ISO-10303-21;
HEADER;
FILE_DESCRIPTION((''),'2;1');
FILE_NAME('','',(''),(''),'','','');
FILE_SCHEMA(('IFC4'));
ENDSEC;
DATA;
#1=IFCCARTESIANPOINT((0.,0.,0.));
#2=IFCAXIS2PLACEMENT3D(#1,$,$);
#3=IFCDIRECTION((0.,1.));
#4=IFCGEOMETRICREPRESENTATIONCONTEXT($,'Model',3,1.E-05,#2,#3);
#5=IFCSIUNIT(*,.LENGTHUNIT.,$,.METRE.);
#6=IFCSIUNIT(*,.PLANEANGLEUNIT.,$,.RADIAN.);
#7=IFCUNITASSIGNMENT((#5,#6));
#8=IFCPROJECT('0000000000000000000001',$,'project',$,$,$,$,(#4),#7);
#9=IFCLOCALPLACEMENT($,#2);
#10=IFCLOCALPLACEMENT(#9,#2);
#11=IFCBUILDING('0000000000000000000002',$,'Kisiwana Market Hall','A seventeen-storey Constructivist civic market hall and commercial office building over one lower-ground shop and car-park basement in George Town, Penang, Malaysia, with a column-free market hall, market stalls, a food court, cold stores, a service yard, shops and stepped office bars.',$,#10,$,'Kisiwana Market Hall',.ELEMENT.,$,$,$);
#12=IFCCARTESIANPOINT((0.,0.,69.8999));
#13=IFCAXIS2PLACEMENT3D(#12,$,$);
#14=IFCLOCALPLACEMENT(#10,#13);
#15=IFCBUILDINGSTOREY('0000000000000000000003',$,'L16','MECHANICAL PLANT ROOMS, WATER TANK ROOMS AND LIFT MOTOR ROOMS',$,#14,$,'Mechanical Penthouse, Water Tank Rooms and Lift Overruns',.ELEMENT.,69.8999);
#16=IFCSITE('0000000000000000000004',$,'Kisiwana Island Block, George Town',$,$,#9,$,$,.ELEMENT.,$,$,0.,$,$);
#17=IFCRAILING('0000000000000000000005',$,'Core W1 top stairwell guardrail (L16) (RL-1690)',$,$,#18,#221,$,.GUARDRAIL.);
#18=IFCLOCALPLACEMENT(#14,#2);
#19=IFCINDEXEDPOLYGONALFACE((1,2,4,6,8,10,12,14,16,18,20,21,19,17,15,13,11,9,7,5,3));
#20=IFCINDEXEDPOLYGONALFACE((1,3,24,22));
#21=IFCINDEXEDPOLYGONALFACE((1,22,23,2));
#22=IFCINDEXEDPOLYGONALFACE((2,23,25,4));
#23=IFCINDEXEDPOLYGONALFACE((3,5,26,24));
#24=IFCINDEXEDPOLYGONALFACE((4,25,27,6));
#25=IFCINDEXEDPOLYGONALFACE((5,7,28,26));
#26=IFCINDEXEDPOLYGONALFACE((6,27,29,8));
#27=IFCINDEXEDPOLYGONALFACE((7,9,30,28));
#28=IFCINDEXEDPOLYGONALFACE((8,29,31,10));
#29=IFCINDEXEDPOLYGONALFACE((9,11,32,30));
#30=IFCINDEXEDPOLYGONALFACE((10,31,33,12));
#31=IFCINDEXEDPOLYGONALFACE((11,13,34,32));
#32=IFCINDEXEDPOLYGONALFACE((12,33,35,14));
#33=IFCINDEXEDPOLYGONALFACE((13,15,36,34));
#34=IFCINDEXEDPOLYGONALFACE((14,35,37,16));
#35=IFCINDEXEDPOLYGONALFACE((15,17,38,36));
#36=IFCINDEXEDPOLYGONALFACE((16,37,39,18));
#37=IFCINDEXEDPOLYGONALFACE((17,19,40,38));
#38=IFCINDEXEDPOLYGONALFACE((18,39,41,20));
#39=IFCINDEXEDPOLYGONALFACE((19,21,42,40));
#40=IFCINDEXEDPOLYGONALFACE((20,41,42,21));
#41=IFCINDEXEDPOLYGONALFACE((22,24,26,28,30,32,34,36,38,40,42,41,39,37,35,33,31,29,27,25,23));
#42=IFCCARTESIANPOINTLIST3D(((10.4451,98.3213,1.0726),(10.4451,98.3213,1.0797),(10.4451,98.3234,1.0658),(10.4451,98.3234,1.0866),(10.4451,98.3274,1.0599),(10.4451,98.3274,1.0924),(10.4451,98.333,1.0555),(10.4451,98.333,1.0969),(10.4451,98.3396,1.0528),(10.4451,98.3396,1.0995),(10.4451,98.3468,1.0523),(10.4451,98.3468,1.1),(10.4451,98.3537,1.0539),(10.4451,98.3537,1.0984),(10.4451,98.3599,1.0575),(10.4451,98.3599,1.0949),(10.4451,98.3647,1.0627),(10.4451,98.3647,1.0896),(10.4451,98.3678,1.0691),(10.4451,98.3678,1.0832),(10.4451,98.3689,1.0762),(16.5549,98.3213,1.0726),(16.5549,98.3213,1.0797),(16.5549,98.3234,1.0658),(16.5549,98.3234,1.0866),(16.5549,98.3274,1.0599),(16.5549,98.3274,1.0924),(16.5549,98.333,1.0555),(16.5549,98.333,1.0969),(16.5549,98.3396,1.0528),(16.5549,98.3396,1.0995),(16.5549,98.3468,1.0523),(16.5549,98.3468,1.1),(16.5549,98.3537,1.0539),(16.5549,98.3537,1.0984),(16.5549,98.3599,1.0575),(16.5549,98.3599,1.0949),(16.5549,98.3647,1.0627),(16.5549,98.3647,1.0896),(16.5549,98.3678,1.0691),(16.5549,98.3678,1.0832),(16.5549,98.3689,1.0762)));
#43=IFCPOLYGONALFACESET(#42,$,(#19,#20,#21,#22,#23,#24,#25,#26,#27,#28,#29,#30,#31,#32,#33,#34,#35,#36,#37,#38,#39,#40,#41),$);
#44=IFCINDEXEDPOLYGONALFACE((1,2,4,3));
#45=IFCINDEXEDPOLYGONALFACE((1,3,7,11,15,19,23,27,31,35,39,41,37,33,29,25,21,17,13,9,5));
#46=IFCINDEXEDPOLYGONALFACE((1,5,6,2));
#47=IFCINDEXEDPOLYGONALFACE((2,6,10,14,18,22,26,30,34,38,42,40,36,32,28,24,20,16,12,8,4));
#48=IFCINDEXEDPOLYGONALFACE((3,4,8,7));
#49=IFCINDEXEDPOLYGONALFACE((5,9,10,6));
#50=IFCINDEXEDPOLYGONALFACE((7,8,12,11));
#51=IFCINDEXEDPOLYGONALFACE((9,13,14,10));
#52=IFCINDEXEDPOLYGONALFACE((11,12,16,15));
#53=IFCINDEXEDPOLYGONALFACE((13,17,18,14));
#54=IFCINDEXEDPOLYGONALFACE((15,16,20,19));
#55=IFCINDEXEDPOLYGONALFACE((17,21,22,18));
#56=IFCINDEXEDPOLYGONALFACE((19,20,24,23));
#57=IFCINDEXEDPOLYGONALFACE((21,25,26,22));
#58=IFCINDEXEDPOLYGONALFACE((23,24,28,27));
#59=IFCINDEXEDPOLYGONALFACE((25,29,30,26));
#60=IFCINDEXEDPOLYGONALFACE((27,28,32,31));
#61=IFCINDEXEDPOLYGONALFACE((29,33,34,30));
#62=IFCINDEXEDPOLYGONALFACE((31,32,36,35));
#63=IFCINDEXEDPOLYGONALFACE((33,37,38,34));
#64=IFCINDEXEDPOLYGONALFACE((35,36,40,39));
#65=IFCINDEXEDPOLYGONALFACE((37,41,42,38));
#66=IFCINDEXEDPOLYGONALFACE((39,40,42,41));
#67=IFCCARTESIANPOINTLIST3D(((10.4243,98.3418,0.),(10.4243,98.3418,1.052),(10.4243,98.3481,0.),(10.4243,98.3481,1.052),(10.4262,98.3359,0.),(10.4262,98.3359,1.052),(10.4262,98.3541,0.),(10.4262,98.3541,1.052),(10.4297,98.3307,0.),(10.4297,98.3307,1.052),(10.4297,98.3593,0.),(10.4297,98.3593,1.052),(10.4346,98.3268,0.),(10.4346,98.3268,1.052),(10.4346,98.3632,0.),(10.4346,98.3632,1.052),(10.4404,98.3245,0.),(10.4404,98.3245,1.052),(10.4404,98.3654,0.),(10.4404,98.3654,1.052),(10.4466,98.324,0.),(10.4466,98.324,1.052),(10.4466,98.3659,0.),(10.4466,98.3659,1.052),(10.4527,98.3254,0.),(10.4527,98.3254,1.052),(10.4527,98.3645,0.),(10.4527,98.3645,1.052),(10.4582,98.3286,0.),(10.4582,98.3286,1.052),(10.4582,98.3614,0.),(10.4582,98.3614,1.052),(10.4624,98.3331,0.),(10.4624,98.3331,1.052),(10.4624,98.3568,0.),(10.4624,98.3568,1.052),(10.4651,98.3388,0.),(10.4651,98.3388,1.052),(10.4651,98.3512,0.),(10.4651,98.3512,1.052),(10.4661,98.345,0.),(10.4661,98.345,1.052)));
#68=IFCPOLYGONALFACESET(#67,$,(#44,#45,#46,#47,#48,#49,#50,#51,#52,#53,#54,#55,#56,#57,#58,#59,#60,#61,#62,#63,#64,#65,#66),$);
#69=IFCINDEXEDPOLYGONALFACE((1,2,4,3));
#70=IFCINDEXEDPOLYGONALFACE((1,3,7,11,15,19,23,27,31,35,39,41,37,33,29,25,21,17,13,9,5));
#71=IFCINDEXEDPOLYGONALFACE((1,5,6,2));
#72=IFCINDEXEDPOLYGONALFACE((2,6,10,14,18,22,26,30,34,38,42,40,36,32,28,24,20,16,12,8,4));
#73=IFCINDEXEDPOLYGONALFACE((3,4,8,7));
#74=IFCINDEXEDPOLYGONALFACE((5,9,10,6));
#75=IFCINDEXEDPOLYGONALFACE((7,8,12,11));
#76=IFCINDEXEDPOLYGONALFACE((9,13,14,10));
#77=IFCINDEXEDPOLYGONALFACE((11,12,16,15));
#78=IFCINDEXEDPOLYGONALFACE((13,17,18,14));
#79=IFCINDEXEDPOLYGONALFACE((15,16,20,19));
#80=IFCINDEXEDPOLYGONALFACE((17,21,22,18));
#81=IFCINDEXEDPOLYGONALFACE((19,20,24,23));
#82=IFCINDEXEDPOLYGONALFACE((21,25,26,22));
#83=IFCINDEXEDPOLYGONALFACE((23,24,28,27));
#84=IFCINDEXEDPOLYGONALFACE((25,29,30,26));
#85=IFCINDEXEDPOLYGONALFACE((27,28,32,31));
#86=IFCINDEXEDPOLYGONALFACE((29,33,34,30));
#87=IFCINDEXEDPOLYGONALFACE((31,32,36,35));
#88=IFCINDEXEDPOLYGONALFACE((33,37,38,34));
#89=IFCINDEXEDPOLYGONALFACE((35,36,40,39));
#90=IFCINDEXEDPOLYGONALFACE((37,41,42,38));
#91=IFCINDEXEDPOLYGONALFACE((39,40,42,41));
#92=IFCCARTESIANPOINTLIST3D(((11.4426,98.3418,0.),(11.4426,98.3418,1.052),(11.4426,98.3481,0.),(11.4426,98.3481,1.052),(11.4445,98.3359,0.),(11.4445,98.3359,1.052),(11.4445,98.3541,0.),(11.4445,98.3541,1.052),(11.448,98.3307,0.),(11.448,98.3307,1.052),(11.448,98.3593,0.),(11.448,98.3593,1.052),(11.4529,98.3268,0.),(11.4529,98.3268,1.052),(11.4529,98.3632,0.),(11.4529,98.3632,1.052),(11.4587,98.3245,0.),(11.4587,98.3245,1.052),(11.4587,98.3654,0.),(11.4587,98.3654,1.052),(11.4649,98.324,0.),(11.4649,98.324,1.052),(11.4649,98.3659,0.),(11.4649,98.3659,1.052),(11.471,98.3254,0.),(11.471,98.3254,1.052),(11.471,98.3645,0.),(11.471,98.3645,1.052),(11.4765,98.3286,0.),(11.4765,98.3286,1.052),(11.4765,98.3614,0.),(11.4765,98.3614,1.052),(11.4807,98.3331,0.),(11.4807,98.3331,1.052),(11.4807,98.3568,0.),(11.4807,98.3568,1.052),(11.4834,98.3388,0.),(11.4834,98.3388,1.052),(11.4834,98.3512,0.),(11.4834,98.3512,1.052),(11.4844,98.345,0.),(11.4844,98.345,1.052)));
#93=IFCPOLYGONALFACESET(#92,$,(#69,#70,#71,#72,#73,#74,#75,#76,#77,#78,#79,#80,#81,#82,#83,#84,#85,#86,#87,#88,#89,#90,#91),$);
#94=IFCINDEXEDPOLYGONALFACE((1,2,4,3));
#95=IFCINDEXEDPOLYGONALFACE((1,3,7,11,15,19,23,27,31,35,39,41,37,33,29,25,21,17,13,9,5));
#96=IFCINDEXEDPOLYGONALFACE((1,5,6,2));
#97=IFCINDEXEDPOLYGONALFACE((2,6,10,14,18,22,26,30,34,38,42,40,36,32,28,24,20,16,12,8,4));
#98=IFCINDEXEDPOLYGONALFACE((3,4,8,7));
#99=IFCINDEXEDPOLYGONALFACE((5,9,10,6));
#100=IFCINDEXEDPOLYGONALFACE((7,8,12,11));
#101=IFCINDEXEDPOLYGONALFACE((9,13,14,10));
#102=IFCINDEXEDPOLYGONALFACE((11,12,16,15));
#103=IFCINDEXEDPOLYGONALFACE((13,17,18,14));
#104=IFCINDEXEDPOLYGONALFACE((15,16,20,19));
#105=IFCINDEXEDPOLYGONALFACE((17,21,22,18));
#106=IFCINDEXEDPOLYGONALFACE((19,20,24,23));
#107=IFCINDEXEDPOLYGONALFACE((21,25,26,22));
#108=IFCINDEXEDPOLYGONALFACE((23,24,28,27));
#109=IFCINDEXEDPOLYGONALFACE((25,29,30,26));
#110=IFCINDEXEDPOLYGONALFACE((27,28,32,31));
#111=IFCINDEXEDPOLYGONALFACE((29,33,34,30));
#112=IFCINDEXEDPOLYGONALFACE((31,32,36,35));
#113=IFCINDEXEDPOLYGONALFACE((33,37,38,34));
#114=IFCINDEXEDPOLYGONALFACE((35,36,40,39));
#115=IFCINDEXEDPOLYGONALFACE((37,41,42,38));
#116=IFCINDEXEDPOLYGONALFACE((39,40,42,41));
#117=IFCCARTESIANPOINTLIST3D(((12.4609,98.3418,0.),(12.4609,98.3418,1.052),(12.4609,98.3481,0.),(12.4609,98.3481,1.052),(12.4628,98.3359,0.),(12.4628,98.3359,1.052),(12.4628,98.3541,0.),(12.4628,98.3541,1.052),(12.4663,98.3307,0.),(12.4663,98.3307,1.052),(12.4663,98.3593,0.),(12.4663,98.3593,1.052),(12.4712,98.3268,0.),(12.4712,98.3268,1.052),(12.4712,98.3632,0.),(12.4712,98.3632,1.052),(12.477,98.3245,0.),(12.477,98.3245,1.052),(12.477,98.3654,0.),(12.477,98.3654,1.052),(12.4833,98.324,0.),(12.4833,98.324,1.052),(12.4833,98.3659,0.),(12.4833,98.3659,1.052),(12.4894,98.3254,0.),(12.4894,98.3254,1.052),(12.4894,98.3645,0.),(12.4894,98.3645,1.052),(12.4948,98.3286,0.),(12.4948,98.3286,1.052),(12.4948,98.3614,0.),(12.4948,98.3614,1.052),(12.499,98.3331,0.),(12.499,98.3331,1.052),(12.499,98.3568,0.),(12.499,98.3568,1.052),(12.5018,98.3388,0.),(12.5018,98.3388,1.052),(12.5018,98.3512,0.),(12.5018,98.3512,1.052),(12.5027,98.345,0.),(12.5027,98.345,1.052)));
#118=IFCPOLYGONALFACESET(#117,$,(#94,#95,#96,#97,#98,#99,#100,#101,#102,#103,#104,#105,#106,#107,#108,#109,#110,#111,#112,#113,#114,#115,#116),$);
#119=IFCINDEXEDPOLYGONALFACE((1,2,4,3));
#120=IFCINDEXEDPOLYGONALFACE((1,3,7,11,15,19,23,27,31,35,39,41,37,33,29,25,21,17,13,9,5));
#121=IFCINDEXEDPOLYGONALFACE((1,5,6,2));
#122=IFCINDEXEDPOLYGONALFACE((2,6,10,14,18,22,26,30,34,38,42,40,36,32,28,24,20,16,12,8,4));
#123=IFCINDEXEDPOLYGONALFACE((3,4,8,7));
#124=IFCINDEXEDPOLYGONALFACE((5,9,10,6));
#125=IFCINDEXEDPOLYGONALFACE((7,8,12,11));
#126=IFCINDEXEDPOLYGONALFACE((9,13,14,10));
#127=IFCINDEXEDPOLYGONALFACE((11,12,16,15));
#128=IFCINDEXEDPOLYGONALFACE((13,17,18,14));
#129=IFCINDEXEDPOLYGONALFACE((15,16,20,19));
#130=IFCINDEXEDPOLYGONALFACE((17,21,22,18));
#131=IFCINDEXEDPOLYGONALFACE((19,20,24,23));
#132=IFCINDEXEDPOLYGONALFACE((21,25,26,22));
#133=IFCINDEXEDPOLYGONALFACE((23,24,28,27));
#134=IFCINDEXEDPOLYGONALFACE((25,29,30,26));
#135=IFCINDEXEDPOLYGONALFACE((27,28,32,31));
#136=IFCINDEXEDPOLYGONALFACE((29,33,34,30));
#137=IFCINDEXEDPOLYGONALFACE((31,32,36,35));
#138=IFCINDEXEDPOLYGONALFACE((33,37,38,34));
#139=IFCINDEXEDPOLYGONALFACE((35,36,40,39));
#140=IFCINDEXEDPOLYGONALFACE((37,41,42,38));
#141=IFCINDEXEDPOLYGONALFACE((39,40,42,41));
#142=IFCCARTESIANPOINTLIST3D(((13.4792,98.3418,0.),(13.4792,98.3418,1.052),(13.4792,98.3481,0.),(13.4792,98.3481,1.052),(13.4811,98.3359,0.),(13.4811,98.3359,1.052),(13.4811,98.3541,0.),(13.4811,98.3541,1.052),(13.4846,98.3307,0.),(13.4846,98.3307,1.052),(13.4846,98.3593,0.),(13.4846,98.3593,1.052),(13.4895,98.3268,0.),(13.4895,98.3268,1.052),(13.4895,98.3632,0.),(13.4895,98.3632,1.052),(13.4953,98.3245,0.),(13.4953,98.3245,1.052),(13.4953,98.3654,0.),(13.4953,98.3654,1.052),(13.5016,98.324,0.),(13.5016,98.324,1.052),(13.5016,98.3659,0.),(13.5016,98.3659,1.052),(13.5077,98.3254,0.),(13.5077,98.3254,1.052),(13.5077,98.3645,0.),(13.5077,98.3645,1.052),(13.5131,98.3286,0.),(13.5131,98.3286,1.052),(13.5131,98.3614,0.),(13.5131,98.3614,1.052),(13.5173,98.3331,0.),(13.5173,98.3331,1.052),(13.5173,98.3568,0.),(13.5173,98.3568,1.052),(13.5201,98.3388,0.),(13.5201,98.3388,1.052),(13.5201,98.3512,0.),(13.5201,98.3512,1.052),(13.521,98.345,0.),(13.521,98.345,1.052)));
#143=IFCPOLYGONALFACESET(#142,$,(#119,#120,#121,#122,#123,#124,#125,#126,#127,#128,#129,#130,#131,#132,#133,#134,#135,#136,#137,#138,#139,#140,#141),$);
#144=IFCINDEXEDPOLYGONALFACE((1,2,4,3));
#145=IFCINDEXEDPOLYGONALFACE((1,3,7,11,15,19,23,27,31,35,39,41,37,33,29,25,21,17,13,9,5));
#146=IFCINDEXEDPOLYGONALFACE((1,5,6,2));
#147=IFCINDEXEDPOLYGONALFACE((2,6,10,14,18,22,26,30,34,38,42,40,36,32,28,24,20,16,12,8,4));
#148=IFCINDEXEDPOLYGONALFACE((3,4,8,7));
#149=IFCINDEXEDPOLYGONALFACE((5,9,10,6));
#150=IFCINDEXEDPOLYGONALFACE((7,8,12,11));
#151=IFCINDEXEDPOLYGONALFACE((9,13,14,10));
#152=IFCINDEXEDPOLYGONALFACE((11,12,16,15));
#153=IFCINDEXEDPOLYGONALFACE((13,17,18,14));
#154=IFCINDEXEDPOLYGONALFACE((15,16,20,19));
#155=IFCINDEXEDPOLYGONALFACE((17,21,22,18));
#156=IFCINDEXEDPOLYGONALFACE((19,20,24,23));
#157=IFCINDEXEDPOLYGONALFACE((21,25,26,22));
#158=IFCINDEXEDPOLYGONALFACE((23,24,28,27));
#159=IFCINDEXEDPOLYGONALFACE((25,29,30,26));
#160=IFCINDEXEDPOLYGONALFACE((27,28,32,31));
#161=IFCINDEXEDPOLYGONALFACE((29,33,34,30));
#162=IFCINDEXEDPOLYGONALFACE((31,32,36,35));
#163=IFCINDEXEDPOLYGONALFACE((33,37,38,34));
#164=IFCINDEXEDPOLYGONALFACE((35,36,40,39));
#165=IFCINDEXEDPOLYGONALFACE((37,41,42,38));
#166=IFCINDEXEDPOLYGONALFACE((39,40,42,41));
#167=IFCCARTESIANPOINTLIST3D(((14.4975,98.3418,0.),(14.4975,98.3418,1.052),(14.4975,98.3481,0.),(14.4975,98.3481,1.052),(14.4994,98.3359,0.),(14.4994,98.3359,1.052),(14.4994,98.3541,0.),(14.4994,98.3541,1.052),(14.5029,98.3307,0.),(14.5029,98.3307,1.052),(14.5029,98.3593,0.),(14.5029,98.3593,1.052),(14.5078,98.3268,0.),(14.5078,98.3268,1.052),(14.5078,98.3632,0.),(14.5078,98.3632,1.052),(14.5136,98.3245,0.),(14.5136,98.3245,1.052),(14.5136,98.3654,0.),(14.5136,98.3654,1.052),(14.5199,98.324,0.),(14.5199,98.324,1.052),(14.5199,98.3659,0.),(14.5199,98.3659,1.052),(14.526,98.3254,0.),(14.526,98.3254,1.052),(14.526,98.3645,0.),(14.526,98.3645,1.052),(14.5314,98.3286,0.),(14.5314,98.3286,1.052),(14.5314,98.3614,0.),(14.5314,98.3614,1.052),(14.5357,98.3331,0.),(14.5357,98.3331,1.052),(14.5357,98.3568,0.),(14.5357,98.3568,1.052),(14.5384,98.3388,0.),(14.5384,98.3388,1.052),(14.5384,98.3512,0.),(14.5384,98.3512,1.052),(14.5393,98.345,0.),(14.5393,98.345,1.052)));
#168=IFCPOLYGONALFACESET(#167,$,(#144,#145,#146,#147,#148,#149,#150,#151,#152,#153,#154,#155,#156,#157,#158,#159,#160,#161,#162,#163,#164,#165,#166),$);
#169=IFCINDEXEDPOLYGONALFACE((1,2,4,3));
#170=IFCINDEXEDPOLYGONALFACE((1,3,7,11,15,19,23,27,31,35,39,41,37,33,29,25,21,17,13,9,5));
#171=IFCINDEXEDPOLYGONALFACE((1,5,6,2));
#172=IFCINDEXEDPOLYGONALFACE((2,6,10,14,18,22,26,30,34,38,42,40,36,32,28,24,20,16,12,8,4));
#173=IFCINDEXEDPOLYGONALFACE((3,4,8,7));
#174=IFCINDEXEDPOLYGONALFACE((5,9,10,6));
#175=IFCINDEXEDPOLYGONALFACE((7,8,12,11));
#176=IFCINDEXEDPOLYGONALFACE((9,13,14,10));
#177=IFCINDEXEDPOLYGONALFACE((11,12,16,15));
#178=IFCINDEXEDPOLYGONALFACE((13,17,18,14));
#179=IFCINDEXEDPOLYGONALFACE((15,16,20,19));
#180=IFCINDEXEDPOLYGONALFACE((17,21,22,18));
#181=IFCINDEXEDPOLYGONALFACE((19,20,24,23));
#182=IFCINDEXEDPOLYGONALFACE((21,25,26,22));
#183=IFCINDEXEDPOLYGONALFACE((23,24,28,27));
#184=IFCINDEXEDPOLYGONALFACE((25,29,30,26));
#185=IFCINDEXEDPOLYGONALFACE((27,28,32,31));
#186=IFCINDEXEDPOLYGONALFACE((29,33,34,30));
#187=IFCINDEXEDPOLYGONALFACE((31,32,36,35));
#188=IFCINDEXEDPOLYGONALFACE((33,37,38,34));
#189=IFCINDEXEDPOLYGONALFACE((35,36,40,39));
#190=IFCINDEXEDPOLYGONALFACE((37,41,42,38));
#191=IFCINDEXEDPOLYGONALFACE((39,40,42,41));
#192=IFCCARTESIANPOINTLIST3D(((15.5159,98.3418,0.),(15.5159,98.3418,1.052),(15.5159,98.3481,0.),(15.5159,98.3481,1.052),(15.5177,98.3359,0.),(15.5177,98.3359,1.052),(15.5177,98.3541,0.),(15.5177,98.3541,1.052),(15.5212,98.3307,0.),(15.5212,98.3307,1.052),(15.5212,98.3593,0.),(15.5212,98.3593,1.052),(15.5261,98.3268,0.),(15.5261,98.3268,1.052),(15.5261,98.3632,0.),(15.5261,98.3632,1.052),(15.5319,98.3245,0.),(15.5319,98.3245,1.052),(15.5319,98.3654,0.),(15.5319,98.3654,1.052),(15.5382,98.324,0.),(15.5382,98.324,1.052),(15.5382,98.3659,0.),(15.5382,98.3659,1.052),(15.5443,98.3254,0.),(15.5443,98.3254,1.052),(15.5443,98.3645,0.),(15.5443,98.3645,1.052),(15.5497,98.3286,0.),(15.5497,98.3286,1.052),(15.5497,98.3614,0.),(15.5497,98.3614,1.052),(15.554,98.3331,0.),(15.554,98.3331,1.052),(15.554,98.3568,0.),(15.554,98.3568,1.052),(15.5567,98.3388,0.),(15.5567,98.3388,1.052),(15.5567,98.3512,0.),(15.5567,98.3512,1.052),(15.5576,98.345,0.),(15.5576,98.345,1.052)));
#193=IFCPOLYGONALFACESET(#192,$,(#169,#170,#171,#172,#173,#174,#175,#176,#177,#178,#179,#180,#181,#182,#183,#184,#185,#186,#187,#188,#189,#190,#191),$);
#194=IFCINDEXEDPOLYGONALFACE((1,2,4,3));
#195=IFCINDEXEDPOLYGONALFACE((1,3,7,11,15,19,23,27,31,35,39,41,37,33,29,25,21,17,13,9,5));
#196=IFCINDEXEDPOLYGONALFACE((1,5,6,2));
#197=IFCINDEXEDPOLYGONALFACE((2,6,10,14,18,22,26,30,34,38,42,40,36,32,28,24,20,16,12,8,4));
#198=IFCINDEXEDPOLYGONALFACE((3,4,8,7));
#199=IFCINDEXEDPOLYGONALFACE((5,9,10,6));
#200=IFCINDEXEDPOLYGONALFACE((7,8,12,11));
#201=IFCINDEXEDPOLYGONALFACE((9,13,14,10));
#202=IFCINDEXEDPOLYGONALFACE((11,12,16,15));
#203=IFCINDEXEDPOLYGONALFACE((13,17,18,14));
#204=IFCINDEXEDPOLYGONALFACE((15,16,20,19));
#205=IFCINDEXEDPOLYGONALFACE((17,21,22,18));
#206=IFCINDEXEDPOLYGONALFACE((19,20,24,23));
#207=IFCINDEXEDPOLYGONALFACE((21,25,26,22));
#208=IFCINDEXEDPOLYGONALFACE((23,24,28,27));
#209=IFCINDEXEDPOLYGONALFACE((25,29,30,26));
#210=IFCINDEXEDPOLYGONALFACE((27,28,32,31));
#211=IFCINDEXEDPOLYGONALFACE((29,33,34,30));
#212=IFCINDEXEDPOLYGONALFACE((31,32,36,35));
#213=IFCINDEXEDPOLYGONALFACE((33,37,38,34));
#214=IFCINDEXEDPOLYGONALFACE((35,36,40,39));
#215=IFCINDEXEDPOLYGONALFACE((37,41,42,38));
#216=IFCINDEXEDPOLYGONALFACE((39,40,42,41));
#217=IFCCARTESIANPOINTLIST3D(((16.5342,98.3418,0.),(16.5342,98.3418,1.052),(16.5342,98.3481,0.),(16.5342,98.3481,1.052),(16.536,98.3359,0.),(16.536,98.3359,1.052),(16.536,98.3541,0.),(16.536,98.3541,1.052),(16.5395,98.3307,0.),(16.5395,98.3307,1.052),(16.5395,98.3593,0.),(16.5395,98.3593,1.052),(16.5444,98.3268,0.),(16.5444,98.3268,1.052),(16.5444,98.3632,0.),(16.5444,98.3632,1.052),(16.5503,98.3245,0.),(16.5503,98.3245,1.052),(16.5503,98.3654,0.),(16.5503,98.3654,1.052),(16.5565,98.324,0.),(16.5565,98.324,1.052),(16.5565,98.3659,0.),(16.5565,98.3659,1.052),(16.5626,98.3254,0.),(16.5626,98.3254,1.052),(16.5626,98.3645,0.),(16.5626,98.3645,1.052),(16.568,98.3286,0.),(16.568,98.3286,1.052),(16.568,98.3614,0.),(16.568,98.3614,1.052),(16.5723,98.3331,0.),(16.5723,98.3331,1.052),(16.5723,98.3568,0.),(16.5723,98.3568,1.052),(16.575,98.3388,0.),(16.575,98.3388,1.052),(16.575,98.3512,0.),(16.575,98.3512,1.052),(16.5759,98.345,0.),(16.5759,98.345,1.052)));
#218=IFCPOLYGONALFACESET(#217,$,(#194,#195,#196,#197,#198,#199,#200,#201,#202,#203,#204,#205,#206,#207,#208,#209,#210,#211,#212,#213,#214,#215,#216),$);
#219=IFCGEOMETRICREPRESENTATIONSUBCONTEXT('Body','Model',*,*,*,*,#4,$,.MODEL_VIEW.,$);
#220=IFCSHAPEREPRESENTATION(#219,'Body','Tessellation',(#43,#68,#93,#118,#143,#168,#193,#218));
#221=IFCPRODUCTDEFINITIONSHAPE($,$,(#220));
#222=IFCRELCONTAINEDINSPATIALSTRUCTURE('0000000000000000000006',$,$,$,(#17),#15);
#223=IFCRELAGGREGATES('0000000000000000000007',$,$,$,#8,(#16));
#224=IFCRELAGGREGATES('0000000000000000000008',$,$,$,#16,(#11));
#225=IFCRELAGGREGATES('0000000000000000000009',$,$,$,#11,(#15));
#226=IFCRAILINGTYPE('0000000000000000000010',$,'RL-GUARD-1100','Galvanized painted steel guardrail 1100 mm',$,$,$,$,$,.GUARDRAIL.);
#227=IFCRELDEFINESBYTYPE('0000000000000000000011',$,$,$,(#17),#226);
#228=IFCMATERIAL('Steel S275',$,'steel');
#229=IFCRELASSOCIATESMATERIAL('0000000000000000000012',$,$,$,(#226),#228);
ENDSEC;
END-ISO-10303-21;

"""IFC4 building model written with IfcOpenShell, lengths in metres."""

from ifc_helpers import new_model, si_unit, direction, frame, origin, origin_2d, place, context, subcontext, project, spatial, circle, extrude, material, type_object, element, save


model = new_model("IFC4")

# Units and contexts
model_context = context("Model", 3, precision=1e-05, world=origin(), true_north=direction((0.0, 1.0)))
body_context = subcontext(model_context, "Body", "Model", "MODEL_VIEW")
ifc_project = project(units=[si_unit("LENGTHUNIT", "METRE"), si_unit("PLANEANGLEUNIT", "RADIAN")], contexts=[model_context])

# Site, building, storey
site_placement = place(None, origin())
site = spatial("IfcSite", under=ifc_project, at=site_placement, Name="Kisiwana Island Block, George Town", CompositionType="ELEMENT", RefElevation=0.0)
building_placement = place(site_placement, origin())
building = spatial("IfcBuilding", under=site, at=building_placement, Name="Kisiwana Market Hall", Description="A seventeen-storey Constructivist civic market hall and commercial office building over one lower-ground shop and car-park basement in George Town, Penang, Malaysia, with a column-free market hall, market stalls, a food court, cold stores, a service yard, shops and stepped office bars.", LongName="Kisiwana Market Hall", CompositionType="ELEMENT")
storey_placement = place(building_placement, frame((0.0, 0.0, 69.8999)))
storey = spatial("IfcBuildingStorey", under=building, at=storey_placement, Name="L16", Description="MECHANICAL PLANT ROOMS, WATER TANK ROOMS AND LIFT MOTOR ROOMS", LongName="Mechanical Penthouse, Water Tank Rooms and Lift Overruns", CompositionType="ELEMENT", Elevation=69.8999)

# Railing
ifc_material_1 = material(Name="Steel S275", Category="steel")
railing_type = type_object("IfcRailingType", Name="RL-GUARD-1100", Description="Galvanized painted steel guardrail 1100 mm", PredefinedType="GUARDRAIL", material=ifc_material_1)
railing_placement = place(storey_placement, frame((10.4451, 98.345, 0.0)))
element("IfcRailing", 1, at=railing_placement, inside=storey, type_object=railing_type, Name="Core W1 top stairwell guardrail (L16) (RL-1690)", PredefinedType="GUARDRAIL", context=body_context, shape_type="SweptSolid", body=[
    extrude(circle(Radius=0.0239, at=origin_2d()), frame((0.0, 0.0, 1.0762), z_axis=(1.0, 0.0, 0.0), x_axis=(0.0, 1.0, 0.0)), (0.0, 0.0, 1.0), 6.1099),
    extrude(circle(Radius=0.021, at=origin_2d()), origin(), (0.0, 0.0, 1.0), 1.052),
    extrude(circle(Radius=0.021, at=origin_2d()), frame((1.0183, 0.0, 0.0)), (0.0, 0.0, 1.0), 1.052),
    extrude(circle(Radius=0.021, at=origin_2d()), frame((2.0366, 0.0, 0.0)), (0.0, 0.0, 1.0), 1.052),
    extrude(circle(Radius=0.021, at=origin_2d()), frame((3.0549, 0.0, 0.0)), (0.0, 0.0, 1.0), 1.052),
    extrude(circle(Radius=0.021, at=origin_2d()), frame((4.0732, 0.0, 0.0)), (0.0, 0.0, 1.0), 1.052),
    extrude(circle(Radius=0.021, at=origin_2d()), frame((5.0916, 0.0, 0.0)), (0.0, 0.0, 1.0), 1.052),
    extrude(circle(Radius=0.021, at=origin_2d()), frame((6.1099, 0.0, 0.0)), (0.0, 0.0, 1.0), 1.052),
])

save(model, "model.ifc")
